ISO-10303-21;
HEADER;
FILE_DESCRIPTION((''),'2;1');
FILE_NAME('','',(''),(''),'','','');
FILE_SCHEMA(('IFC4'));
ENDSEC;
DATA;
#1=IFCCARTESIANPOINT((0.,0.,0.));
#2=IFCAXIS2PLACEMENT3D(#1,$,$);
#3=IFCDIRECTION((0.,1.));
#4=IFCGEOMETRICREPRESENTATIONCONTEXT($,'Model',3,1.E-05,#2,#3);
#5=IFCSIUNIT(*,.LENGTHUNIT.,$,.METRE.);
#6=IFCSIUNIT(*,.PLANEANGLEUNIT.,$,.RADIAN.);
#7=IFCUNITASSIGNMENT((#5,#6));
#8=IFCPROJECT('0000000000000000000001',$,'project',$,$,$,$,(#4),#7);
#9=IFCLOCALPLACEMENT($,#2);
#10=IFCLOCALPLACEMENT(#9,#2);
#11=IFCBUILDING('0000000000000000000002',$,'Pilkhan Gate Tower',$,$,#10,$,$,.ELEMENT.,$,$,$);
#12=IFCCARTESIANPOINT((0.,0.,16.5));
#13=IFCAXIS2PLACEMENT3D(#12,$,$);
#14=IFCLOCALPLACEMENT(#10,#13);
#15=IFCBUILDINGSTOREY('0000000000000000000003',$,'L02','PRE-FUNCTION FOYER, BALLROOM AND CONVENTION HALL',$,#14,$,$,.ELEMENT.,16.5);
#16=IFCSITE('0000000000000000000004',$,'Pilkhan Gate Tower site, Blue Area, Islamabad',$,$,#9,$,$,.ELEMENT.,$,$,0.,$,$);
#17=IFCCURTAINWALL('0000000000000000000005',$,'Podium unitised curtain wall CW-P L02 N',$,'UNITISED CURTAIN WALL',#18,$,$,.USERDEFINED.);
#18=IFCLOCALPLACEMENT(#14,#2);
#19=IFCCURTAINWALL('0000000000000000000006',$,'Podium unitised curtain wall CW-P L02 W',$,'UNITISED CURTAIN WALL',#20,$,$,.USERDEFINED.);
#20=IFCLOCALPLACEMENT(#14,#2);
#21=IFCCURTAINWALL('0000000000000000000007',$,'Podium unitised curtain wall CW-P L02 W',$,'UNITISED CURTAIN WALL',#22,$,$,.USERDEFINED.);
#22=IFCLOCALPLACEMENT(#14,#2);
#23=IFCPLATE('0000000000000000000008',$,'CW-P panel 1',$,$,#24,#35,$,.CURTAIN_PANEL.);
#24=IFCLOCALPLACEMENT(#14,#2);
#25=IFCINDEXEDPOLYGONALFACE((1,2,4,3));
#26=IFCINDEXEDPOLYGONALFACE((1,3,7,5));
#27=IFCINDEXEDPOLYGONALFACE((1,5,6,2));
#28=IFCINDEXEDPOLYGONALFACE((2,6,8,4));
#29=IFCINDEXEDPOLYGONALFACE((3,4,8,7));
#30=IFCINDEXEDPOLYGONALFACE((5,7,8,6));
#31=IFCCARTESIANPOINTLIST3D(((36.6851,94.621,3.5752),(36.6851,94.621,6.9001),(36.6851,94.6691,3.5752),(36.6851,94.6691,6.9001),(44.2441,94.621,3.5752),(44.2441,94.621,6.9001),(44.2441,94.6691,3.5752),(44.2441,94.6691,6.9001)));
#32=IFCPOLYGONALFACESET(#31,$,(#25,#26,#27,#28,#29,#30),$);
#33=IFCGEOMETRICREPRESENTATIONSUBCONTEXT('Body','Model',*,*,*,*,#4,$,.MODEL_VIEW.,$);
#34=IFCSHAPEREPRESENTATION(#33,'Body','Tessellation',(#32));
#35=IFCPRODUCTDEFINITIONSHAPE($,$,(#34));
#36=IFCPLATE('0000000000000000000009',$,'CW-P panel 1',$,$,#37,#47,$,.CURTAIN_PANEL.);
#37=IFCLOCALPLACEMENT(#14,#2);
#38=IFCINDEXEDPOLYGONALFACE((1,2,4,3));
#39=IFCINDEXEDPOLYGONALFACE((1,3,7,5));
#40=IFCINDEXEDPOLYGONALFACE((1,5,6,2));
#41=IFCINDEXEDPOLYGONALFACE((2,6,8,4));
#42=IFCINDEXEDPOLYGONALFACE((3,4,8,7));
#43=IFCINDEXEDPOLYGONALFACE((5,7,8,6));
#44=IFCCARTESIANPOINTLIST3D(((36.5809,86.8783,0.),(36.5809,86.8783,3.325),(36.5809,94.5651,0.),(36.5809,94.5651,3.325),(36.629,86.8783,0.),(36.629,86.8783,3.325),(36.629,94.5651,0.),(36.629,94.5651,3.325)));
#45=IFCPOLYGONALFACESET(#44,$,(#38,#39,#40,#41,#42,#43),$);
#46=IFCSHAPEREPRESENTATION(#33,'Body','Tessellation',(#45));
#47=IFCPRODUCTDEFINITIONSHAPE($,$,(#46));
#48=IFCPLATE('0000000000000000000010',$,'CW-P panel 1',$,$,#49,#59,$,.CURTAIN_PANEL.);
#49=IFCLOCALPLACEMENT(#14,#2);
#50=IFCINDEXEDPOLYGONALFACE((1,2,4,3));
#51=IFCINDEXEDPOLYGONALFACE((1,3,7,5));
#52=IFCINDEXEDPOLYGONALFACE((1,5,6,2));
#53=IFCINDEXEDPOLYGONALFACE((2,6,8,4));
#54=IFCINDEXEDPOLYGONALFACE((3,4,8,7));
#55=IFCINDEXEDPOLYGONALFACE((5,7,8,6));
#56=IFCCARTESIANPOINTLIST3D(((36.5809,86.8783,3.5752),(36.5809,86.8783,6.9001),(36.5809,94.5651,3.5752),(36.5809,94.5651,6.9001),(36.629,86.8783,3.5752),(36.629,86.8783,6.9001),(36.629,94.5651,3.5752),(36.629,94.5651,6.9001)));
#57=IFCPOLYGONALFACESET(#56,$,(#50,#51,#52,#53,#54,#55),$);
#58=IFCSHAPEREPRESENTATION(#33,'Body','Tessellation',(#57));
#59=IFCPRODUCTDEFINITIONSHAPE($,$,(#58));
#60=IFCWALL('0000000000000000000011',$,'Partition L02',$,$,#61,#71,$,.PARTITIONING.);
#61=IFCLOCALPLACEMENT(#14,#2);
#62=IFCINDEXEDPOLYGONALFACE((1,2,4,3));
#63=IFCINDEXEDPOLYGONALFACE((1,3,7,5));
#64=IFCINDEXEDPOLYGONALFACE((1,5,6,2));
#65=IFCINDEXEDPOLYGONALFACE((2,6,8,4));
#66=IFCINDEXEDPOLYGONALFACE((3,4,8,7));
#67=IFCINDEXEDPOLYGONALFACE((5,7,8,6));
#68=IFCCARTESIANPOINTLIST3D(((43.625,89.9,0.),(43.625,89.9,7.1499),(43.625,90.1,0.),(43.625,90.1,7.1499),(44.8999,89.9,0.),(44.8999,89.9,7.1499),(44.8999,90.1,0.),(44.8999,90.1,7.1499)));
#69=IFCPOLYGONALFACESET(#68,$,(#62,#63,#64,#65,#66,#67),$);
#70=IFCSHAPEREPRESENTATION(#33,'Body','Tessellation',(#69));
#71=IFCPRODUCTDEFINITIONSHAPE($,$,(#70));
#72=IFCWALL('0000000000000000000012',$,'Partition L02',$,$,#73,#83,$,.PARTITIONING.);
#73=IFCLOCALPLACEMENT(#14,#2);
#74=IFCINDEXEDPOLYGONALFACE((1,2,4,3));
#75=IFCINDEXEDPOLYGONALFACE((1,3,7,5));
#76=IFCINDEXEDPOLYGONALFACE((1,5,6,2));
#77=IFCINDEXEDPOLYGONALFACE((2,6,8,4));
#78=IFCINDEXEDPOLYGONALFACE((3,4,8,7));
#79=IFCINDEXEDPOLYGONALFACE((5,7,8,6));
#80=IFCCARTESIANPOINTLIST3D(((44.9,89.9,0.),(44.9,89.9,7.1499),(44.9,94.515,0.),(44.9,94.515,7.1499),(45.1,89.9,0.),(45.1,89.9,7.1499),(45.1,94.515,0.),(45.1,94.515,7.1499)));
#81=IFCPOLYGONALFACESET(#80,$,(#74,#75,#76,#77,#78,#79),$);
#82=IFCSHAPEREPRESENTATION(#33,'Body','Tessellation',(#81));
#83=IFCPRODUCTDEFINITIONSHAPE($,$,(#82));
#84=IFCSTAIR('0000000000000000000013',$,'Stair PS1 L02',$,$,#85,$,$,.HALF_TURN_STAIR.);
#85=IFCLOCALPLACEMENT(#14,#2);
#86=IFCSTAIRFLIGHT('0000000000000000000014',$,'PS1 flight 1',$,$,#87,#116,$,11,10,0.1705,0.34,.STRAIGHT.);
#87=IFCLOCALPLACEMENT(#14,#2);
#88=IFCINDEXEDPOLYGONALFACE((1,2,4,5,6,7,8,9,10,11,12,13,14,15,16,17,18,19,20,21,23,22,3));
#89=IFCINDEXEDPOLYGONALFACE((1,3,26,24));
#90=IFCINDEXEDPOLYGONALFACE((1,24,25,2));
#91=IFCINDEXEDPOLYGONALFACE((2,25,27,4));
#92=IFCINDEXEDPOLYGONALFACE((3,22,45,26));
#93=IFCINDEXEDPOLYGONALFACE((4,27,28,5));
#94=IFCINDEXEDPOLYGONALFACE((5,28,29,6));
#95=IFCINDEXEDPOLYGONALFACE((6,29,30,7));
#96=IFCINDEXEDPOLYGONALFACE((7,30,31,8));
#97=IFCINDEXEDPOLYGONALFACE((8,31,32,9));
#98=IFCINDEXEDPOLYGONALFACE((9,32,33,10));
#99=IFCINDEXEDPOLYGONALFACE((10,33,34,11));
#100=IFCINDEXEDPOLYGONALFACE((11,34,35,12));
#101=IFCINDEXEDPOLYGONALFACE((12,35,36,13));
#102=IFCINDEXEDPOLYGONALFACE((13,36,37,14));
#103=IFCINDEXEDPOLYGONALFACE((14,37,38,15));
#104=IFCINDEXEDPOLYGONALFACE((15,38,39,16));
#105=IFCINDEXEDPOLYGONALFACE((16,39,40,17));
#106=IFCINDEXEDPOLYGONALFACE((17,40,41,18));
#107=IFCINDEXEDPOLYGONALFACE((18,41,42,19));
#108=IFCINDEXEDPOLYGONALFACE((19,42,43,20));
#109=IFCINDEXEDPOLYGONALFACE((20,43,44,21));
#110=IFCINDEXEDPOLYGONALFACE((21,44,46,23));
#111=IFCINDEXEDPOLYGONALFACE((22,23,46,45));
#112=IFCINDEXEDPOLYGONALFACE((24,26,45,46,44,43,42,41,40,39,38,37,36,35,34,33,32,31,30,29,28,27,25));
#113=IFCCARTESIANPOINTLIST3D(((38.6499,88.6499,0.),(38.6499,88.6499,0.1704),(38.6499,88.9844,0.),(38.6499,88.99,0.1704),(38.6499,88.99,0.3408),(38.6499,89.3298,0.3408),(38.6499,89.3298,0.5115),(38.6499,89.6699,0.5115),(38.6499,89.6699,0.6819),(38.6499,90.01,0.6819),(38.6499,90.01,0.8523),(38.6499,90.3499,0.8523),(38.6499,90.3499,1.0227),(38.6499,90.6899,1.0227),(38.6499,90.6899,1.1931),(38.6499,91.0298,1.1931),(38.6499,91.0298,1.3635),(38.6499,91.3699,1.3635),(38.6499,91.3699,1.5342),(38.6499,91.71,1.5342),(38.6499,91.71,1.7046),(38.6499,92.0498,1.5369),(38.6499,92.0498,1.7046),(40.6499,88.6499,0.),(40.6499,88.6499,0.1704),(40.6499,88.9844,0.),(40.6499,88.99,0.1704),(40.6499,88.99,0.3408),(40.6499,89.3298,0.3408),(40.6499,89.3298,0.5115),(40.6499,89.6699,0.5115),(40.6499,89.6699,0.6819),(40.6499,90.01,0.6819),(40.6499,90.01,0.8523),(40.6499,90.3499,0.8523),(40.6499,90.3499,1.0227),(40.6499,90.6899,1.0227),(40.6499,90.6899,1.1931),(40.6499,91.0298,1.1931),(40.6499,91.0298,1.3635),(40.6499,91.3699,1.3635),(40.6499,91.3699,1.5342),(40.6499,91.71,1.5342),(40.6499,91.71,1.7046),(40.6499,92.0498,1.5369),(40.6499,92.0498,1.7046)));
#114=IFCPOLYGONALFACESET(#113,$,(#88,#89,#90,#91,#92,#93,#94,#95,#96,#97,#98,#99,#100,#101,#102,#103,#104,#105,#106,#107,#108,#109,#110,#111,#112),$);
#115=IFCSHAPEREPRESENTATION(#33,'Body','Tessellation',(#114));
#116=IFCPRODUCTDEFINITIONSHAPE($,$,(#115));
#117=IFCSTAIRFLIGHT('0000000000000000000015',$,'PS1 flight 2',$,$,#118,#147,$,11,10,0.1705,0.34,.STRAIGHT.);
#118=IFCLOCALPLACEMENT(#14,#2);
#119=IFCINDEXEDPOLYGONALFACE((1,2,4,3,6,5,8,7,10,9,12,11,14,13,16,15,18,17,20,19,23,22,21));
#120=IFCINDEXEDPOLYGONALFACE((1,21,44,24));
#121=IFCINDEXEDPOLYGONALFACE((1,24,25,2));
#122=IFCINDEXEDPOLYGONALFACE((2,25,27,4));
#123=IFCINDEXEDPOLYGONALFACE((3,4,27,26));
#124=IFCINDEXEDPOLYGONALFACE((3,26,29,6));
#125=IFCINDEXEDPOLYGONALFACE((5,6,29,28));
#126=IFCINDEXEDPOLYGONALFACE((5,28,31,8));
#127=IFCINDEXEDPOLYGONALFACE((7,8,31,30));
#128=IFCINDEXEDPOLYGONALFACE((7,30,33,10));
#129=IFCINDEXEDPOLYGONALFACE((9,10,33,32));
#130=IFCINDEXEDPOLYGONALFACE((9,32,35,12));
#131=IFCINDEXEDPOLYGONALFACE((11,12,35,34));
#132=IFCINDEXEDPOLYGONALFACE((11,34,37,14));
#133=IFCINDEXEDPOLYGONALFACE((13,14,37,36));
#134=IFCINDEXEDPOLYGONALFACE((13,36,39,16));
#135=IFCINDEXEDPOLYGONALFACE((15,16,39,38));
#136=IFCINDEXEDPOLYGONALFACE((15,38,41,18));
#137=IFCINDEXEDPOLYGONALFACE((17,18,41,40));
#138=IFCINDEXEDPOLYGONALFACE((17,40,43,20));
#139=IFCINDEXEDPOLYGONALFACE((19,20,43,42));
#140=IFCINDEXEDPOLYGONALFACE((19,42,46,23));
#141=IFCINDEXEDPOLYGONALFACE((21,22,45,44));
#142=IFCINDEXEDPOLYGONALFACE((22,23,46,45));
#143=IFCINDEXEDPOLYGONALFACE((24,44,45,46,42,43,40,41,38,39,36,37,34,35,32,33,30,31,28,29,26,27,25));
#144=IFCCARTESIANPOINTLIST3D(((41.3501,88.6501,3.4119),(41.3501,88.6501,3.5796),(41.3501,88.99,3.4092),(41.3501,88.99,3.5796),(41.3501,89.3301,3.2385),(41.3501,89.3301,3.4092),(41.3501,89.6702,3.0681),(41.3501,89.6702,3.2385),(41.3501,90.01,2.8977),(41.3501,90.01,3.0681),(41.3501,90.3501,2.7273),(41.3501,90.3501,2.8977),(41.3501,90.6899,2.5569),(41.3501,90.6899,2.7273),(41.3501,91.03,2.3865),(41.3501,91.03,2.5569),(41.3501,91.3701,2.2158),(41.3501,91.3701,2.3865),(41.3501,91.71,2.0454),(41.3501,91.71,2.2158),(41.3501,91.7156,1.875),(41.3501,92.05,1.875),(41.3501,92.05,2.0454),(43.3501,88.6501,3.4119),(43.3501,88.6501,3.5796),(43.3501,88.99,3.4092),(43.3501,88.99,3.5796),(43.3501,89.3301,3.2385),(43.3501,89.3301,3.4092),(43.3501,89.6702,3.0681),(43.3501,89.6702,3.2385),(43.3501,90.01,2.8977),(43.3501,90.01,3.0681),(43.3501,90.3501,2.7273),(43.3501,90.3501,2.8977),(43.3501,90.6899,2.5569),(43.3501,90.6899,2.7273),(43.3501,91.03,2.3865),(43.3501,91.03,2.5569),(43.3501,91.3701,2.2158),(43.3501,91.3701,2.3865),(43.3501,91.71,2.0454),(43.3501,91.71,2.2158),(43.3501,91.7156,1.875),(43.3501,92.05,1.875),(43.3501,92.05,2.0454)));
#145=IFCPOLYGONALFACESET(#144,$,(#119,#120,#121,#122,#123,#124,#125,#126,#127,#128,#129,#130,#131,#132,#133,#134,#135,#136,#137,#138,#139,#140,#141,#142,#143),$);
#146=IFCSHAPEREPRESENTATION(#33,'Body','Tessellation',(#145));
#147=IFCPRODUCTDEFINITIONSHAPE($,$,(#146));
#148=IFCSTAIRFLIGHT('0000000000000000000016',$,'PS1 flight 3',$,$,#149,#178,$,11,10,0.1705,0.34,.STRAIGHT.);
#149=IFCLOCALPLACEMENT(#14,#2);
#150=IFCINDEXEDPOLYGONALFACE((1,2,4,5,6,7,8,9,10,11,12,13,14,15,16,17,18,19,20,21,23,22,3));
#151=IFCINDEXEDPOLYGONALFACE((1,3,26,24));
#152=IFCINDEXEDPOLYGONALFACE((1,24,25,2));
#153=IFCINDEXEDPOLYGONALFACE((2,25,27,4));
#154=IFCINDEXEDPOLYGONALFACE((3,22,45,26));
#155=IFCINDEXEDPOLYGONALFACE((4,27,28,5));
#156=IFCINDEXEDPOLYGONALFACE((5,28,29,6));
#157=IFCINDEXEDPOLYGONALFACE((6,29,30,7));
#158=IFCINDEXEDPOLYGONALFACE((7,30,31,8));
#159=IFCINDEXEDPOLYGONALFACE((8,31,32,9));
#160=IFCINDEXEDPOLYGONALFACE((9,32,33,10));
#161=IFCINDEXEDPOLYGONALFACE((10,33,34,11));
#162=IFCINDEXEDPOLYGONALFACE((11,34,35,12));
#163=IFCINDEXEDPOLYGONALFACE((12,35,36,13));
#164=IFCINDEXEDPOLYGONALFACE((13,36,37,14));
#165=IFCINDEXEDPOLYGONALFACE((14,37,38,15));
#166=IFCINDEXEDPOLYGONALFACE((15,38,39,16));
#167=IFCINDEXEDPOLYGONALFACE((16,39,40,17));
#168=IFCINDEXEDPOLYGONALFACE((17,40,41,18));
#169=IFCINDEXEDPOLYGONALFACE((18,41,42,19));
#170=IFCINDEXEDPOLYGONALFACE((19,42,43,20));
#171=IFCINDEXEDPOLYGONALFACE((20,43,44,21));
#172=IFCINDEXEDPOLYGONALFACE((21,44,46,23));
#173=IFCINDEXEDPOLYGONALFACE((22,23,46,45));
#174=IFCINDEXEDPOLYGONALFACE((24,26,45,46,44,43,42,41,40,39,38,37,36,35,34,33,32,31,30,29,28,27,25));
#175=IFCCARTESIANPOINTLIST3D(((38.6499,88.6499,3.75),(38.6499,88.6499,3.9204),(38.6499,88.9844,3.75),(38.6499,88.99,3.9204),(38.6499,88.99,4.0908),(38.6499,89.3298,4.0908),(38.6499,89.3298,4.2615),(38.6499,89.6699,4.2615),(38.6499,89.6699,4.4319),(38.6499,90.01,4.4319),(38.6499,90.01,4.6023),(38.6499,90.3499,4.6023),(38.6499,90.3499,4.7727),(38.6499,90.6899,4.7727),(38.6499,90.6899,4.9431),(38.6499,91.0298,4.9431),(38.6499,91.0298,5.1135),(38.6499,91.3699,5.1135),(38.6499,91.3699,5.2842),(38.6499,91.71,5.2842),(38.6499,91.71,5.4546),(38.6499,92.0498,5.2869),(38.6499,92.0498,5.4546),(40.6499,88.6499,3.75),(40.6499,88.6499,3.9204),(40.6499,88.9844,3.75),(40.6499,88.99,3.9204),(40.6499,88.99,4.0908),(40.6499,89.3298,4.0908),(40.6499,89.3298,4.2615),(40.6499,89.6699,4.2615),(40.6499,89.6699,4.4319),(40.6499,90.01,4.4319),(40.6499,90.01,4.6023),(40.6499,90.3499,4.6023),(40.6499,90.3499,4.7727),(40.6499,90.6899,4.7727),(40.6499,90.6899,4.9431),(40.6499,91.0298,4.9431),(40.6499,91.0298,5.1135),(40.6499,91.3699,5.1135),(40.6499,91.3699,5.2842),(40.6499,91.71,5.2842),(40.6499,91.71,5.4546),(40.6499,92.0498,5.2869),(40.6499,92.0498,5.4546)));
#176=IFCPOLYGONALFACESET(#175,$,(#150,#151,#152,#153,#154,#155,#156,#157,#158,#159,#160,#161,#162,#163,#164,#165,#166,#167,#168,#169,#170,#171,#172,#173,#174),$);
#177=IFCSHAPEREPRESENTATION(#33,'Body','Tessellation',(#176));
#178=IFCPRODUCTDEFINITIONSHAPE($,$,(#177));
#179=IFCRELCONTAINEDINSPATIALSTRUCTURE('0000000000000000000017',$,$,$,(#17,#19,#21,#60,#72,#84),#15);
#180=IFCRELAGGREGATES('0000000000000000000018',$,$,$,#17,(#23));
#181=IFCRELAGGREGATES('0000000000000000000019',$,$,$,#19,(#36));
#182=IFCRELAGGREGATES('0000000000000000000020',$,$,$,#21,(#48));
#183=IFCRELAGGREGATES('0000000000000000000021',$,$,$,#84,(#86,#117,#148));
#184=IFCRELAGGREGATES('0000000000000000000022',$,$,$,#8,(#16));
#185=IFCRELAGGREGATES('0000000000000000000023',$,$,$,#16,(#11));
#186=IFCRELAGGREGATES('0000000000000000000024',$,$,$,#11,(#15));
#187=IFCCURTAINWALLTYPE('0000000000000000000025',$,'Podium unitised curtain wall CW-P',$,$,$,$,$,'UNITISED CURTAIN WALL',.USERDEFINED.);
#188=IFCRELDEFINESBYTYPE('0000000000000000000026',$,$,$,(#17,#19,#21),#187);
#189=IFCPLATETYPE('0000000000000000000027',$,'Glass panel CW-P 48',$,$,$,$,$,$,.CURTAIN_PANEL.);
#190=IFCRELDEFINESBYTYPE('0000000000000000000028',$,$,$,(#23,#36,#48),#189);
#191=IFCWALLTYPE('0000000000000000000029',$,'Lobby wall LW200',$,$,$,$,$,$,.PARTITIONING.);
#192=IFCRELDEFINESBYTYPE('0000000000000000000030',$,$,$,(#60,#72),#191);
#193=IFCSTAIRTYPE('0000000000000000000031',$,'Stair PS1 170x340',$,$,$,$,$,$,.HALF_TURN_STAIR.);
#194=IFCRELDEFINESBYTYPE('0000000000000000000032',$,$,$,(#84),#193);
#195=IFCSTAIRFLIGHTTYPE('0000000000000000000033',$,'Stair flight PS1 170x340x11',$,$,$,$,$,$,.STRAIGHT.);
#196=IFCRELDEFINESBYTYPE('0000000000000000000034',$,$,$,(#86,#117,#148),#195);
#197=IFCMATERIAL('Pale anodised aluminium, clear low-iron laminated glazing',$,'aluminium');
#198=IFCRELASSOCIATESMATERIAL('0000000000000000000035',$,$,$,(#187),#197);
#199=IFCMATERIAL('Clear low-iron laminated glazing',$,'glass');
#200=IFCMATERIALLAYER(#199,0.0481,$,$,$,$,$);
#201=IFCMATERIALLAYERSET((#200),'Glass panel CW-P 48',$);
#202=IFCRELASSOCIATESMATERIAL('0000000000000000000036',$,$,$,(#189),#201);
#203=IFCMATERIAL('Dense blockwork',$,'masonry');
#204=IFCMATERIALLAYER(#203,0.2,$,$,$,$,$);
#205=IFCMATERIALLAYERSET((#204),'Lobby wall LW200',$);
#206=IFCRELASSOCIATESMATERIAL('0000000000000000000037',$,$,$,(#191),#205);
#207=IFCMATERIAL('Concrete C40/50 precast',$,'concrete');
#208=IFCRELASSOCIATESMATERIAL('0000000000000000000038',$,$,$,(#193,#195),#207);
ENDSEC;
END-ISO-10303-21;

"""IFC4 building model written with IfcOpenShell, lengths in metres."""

from ifc_helpers import new_model, si_unit, direction, frame, frame_2d, origin, origin_2d, place, context, subcontext, project, spatial, polyline, rectangle, outline, extrude, material, layer, layer_set, type_object, element, aggregate, save


model = new_model("IFC4")

# Units and contexts
model_context = context("Model", 3, precision=1e-05, world=origin(), true_north=direction((0.0, 1.0)))
body_context = subcontext(model_context, "Body", "Model", "MODEL_VIEW")
ifc_project = project(units=[si_unit("LENGTHUNIT", "METRE"), si_unit("PLANEANGLEUNIT", "RADIAN")], contexts=[model_context])

# Site, building, storey
site_placement = place(None, origin())
site = spatial("IfcSite", under=ifc_project, at=site_placement, Name="Pilkhan Gate Tower site, Blue Area, Islamabad", CompositionType="ELEMENT", RefElevation=0.0)
building_placement = place(site_placement, origin())
building = spatial("IfcBuilding", under=site, at=building_placement, Name="Pilkhan Gate Tower", CompositionType="ELEMENT")
storey_placement = place(building_placement, frame((0.0, 0.0, 16.5)))
storey = spatial("IfcBuildingStorey", under=building, at=storey_placement, Name="L02", Description="PRE-FUNCTION FOYER, BALLROOM AND CONVENTION HALL", CompositionType="ELEMENT", Elevation=16.5)

# Curtain wall
ifc_material_1 = material(Name="Pale anodised aluminium, clear low-iron laminated glazing", Category="aluminium")
curtain_wall_type = type_object("IfcCurtainWallType", Name="Podium unitised curtain wall CW-P", ElementType="UNITISED CURTAIN WALL", PredefinedType="USERDEFINED", material=ifc_material_1)
curtain_wall_1_placement = place(storey_placement, origin())
curtain_wall_1 = element("IfcCurtainWall", 1, at=curtain_wall_1_placement, inside=storey, type_object=curtain_wall_type, Name="Podium unitised curtain wall CW-P L02 N", ObjectType="UNITISED CURTAIN WALL", PredefinedType="USERDEFINED")

# Curtain walls
curtain_wall_2_placement = place(storey_placement, origin())
curtain_wall_2 = element("IfcCurtainWall", 2, at=curtain_wall_2_placement, inside=storey, type_object=curtain_wall_type, Name="Podium unitised curtain wall CW-P L02 W", ObjectType="UNITISED CURTAIN WALL", PredefinedType="USERDEFINED")
curtain_wall_3_placement = place(storey_placement, origin())
curtain_wall_3 = element("IfcCurtainWall", 3, at=curtain_wall_3_placement, inside=storey, type_object=curtain_wall_type, Name="Podium unitised curtain wall CW-P L02 W", ObjectType="UNITISED CURTAIN WALL", PredefinedType="USERDEFINED")

# Plates
ifc_material_2 = material(Name="Clear low-iron laminated glazing", Category="glass")
ifc_layer_1 = layer(ifc_material_2, 0.0481)
ifc_layer_set_1 = layer_set([ifc_layer_1], Name="Glass panel CW-P 48")
plate_type = type_object("IfcPlateType", Name="Glass panel CW-P 48", PredefinedType="CURTAIN_PANEL", material=ifc_layer_set_1)
plate_1_placement = place(storey_placement, frame((40.4646, 94.645, 3.5752), z_axis=(0.0, 0.0, 1.0), x_axis=(1.0, 0.0, 0.0)))
plate_1 = element("IfcPlate", 4, at=plate_1_placement, type_object=plate_type, Name="CW-P panel 1", PredefinedType="CURTAIN_PANEL", context=body_context, shape_type="SweptSolid", body=[
    extrude(rectangle(XDim=7.5591, YDim=0.0481, at=origin_2d()), origin(), (0.0, 0.0, 1.0), 3.325),
])
aggregate(curtain_wall_1, [plate_1])
plate_2_placement = place(storey_placement, frame((36.605, 90.7217, 0.0), z_axis=(0.0, 0.0, 1.0), x_axis=(0.0, 1.0, 0.0)))
plate_2 = element("IfcPlate", 5, at=plate_2_placement, type_object=plate_type, Name="CW-P panel 1", PredefinedType="CURTAIN_PANEL", context=body_context, shape_type="SweptSolid", body=[
    extrude(rectangle(XDim=7.6868, YDim=0.0481, at=origin_2d()), origin(), (0.0, 0.0, 1.0), 3.325),
])
aggregate(curtain_wall_2, [plate_2])
plate_3_placement = place(storey_placement, frame((36.605, 90.7217, 3.5752), z_axis=(0.0, 0.0, 1.0), x_axis=(0.0, 1.0, 0.0)))
plate_3 = element("IfcPlate", 6, at=plate_3_placement, type_object=plate_type, Name="CW-P panel 1", PredefinedType="CURTAIN_PANEL", context=body_context, shape_type="SweptSolid", body=[
    extrude(rectangle(XDim=7.6868, YDim=0.0481, at=origin_2d()), origin(), (0.0, 0.0, 1.0), 3.325),
])
aggregate(curtain_wall_3, [plate_3])

# Walls
ifc_material_3 = material(Name="Dense blockwork", Category="masonry")
ifc_layer_2 = layer(ifc_material_3, 0.2)
ifc_layer_set_2 = layer_set([ifc_layer_2], Name="Lobby wall LW200")
wall_type = type_object("IfcWallType", Name="Lobby wall LW200", PredefinedType="PARTITIONING", material=ifc_layer_set_2)
wall_1_placement = place(storey_placement, frame((43.625, 90.0, 0.0), z_axis=(0.0, 0.0, 1.0), x_axis=(1.0, 0.0, 0.0)))
element("IfcWall", 7, at=wall_1_placement, inside=storey, type_object=wall_type, Name="Partition L02", PredefinedType="PARTITIONING", context=body_context, shape_type="SweptSolid", body=[
    extrude(rectangle(XDim=1.2749, YDim=0.2, at=frame_2d((0.6375, 0.0))), origin(), (0.0, 0.0, 1.0), 7.1499),
])
wall_2_placement = place(storey_placement, frame((45.0, 89.8999, 0.0), z_axis=(0.0, 0.0, 1.0), x_axis=(0.0, 1.0, 0.0)))
element("IfcWall", 8, at=wall_2_placement, inside=storey, type_object=wall_type, Name="Partition L02", PredefinedType="PARTITIONING", context=body_context, shape_type="SweptSolid", body=[
    extrude(rectangle(XDim=4.615, YDim=0.2, at=frame_2d((2.3076, 0.0))), origin(), (0.0, 0.0, 1.0), 7.1499),
])

# Stair, stair flights
ifc_material_4 = material(Name="Concrete C40/50 precast", Category="concrete")
stair_type = type_object("IfcStairType", Name="Stair PS1 170x340", PredefinedType="HALF_TURN_STAIR", material=ifc_material_4)
stair_placement = place(storey_placement, origin())
stair = element("IfcStair", 9, at=stair_placement, inside=storey, type_object=stair_type, Name="Stair PS1 L02", PredefinedType="HALF_TURN_STAIR")
stair_flight_type = type_object("IfcStairFlightType", Name="Stair flight PS1 170x340x11", PredefinedType="STRAIGHT", material=ifc_material_4)
stair_flight_1_placement = place(storey_placement, frame((39.6499, 88.6499, 0.0), z_axis=(0.0, 0.0, 1.0), x_axis=(0.0, 1.0, 0.0)))
stair_flight_1 = element("IfcStairFlight", 10, at=stair_flight_1_placement, type_object=stair_flight_type, Name="PS1 flight 1", NumberOfRisers=11, NumberOfTreads=10, PredefinedType="STRAIGHT", RiserHeight=0.1705, TreadLength=0.34, context=body_context, shape_type="SweptSolid", body=[
    extrude(outline(polyline([(0.0, 0.0), (0.0, 0.1704), (0.3401, 0.1704), (0.3401, 0.3408), (0.6799, 0.3408), (0.6799, 0.5115), (1.02, 0.5115), (1.02, 0.6819), (1.3601, 0.6819), (1.3601, 0.8523), (1.7, 0.8523), (1.7, 1.0227), (2.04, 1.0227), (2.04, 1.1931), (2.3799, 1.1931), (2.3799, 1.3635), (2.72, 1.3635), (2.72, 1.5342), (3.0601, 1.5342), (3.0601, 1.7046), (3.3999, 1.7046), (3.3999, 1.875), (3.3999, 1.5369), (0.3345, 0.0), (0.0, 0.0)])), frame((0.0, 1.0, 0.0), z_axis=(0.0, -1.0, 0.0), x_axis=(1.0, 0.0, 0.0)), (0.0, 0.0, 1.0), 2.0),
])
stair_flight_2_placement = place(storey_placement, frame((42.3501, 92.05, 1.875), z_axis=(0.0, 0.0, 1.0), x_axis=(0.0, -1.0, 0.0)))
stair_flight_2 = element("IfcStairFlight", 11, at=stair_flight_2_placement, type_object=stair_flight_type, Name="PS1 flight 2", NumberOfRisers=11, NumberOfTreads=10, PredefinedType="STRAIGHT", RiserHeight=0.1705, TreadLength=0.34, context=body_context, shape_type="SweptSolid", body=[
    extrude(outline(polyline([(0.0, 0.0), (0.0, 0.1704), (0.3401, 0.1704), (0.3401, 0.3408), (0.6799, 0.3408), (0.6799, 0.5115), (1.02, 0.5115), (1.02, 0.6819), (1.3601, 0.6819), (1.3601, 0.8523), (1.7, 0.8523), (1.7, 1.0227), (2.04, 1.0227), (2.04, 1.1931), (2.3799, 1.1931), (2.3799, 1.3635), (2.72, 1.3635), (2.72, 1.5342), (3.0601, 1.5342), (3.0601, 1.7046), (3.3999, 1.7046), (3.3999, 1.875), (3.3999, 1.5369), (0.3345, 0.0), (0.0, 0.0)])), frame((0.0, 1.0, 0.0), z_axis=(0.0, -1.0, 0.0), x_axis=(1.0, 0.0, 0.0)), (0.0, 0.0, 1.0), 2.0),
])
stair_flight_3_placement = place(storey_placement, frame((39.6499, 88.6499, 3.75), z_axis=(0.0, 0.0, 1.0), x_axis=(0.0, 1.0, 0.0)))
stair_flight_3 = element("IfcStairFlight", 12, at=stair_flight_3_placement, type_object=stair_flight_type, Name="PS1 flight 3", NumberOfRisers=11, NumberOfTreads=10, PredefinedType="STRAIGHT", RiserHeight=0.1705, TreadLength=0.34, context=body_context, shape_type="SweptSolid", body=[
    extrude(outline(polyline([(0.0, 0.0), (0.0, 0.1704), (0.3401, 0.1704), (0.3401, 0.3408), (0.6799, 0.3408), (0.6799, 0.5115), (1.02, 0.5115), (1.02, 0.6819), (1.3601, 0.6819), (1.3601, 0.8523), (1.7, 0.8523), (1.7, 1.0227), (2.04, 1.0227), (2.04, 1.1931), (2.3799, 1.1931), (2.3799, 1.3635), (2.72, 1.3635), (2.72, 1.5342), (3.0601, 1.5342), (3.0601, 1.7046), (3.3999, 1.7046), (3.3999, 1.875), (3.3999, 1.5369), (0.3345, 0.0), (0.0, 0.0)])), frame((0.0, 1.0, 0.0), z_axis=(0.0, -1.0, 0.0), x_axis=(1.0, 0.0, 0.0)), (0.0, 0.0, 1.0), 2.0),
])
aggregate(stair, [stair_flight_1, stair_flight_2, stair_flight_3])

save(model, "model.ifc")
